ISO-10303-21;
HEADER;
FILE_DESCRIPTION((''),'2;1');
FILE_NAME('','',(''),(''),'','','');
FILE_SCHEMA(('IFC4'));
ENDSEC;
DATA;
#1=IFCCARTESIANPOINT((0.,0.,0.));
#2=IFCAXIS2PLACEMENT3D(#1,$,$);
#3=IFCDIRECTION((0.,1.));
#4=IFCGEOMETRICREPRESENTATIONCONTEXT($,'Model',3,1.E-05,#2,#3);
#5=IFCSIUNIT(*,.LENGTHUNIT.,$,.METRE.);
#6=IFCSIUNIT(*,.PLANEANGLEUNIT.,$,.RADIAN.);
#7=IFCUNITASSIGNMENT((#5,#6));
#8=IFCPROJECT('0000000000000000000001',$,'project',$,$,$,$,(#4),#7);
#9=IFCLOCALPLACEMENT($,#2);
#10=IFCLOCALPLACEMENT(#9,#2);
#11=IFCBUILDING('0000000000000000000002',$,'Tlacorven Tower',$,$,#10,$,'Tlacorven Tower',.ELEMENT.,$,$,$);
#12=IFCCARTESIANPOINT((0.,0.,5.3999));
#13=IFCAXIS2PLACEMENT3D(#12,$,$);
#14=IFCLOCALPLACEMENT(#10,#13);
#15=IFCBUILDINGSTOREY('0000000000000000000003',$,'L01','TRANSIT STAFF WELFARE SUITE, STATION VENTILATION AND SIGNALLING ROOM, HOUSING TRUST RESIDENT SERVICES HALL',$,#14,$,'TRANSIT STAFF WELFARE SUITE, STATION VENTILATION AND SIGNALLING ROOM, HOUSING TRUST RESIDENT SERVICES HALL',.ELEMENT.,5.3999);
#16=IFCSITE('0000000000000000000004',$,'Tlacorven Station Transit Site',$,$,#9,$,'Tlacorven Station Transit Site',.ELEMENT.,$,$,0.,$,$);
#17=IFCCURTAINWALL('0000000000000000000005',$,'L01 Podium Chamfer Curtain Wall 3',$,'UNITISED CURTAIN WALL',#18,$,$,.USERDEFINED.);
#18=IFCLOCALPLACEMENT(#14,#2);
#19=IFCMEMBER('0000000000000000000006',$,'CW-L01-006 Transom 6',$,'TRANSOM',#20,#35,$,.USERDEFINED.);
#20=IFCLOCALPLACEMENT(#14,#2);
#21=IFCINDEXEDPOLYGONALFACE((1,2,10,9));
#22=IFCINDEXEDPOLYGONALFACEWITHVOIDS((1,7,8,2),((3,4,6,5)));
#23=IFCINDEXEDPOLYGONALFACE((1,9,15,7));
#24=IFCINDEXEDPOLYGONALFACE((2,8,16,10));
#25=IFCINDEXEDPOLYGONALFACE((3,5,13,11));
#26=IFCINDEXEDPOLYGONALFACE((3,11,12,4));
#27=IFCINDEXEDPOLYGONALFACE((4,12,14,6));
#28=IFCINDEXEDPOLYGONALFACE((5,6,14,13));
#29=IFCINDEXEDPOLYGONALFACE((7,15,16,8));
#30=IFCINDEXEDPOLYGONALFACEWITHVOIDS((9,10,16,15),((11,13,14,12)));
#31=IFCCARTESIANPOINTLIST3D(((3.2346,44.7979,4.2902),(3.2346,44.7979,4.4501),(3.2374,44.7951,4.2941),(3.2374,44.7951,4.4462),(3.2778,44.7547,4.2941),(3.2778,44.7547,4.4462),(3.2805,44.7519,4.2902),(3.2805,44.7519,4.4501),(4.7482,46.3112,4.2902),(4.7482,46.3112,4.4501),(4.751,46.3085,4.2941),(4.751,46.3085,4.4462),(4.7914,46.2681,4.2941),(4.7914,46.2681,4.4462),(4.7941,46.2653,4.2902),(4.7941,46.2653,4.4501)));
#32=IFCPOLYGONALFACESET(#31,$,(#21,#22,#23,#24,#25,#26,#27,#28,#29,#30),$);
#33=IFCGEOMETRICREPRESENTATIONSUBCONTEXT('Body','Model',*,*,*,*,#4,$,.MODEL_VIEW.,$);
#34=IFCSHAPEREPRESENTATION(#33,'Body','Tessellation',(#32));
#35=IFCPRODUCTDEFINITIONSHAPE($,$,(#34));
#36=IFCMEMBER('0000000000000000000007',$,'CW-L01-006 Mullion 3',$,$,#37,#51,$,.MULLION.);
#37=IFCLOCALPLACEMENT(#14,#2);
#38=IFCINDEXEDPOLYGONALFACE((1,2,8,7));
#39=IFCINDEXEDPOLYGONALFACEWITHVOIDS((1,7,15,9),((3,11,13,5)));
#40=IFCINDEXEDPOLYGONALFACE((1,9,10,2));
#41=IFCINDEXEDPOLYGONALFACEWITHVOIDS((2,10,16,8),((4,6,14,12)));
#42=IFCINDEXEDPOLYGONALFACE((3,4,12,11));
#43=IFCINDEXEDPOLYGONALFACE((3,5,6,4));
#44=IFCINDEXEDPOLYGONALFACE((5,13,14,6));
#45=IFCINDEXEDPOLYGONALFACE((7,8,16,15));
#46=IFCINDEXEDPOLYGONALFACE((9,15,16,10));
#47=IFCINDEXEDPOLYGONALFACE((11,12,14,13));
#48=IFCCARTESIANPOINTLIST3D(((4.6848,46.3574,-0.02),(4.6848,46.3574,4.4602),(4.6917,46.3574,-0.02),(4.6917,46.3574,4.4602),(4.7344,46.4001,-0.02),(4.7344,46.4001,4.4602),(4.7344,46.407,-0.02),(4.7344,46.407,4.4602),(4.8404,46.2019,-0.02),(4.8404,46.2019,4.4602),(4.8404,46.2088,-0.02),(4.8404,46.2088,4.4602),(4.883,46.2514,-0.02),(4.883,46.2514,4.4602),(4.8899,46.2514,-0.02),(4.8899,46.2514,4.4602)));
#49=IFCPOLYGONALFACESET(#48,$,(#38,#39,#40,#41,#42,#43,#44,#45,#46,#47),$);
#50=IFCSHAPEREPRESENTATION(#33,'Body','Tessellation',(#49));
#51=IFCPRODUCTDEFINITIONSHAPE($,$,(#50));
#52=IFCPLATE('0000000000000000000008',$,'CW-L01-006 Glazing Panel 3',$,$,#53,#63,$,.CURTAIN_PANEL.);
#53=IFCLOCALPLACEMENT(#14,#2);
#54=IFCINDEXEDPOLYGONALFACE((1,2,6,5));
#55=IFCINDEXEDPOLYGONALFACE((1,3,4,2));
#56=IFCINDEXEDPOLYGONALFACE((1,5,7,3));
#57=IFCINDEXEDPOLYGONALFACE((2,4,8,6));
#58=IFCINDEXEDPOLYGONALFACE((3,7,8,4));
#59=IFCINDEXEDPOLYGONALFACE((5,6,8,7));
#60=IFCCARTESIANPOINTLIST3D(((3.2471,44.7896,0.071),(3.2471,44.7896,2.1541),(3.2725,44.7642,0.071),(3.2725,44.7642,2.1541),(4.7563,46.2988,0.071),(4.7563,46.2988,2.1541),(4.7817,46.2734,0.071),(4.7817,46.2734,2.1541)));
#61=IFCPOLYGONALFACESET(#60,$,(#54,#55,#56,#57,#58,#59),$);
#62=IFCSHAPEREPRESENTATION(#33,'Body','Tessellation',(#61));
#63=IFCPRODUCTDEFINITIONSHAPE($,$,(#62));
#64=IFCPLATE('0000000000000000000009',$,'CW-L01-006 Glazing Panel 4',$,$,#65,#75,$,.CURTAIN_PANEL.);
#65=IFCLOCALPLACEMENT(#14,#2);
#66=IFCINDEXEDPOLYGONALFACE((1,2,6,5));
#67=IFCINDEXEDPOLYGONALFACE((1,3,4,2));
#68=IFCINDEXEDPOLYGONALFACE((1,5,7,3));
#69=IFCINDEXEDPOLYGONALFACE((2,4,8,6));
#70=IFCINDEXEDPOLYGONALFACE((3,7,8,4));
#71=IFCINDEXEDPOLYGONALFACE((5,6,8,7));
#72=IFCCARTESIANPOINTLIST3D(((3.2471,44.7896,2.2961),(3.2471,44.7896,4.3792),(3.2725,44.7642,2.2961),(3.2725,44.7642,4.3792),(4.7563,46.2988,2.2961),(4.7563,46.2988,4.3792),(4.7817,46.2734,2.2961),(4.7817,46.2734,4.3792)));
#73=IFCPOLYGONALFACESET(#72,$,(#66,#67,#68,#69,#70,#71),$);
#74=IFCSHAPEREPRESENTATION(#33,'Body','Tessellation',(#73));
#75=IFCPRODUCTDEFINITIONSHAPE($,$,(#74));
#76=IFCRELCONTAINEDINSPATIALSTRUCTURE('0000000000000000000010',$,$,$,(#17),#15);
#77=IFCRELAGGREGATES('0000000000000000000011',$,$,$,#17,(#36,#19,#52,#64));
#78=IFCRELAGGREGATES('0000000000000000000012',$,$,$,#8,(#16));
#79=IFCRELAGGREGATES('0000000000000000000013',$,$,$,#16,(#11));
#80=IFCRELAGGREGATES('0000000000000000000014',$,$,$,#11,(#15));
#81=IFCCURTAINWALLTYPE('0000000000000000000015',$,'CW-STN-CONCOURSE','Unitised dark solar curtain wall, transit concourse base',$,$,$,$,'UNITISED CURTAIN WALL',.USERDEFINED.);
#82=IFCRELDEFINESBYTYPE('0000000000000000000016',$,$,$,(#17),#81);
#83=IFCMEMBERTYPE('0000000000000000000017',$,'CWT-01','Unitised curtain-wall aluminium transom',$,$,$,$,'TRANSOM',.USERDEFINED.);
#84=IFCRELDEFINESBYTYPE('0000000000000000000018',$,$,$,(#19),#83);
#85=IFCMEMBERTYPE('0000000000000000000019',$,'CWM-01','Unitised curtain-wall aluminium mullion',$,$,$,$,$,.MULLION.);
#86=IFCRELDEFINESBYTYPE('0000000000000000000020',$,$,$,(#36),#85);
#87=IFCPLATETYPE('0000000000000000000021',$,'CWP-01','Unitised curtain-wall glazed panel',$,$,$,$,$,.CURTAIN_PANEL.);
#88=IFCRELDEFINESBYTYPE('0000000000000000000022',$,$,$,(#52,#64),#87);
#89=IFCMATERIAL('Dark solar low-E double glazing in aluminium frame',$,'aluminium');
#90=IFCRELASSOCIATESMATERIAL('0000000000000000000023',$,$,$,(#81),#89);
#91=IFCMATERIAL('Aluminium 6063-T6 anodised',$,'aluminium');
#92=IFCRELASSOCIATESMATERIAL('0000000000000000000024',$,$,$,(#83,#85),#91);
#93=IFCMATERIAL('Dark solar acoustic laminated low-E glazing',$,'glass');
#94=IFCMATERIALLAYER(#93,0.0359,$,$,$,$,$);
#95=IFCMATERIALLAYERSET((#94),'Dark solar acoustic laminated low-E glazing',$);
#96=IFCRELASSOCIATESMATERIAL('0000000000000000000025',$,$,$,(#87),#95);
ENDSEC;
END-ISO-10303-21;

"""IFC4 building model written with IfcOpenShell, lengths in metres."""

from ifc_helpers import new_model, si_unit, direction, frame, origin, origin_2d, place, context, subcontext, project, spatial, rectangle, hollow_rectangle, extrude, source, transform, mapped, material, layer, layer_set, material_profile, profile_set, type_object, element, aggregate, save


model = new_model("IFC4")

# Units and contexts
model_context = context("Model", 3, precision=1e-05, world=origin(), true_north=direction((0.0, 1.0)))
body_context = subcontext(model_context, "Body", "Model", "MODEL_VIEW")
ifc_project = project(units=[si_unit("LENGTHUNIT", "METRE"), si_unit("PLANEANGLEUNIT", "RADIAN")], contexts=[model_context])

# Site, building, storey
site_placement = place(None, origin())
site = spatial("IfcSite", under=ifc_project, at=site_placement, Name="Tlacorven Station Transit Site", LongName="Tlacorven Station Transit Site", CompositionType="ELEMENT", RefElevation=0.0)
building_placement = place(site_placement, origin())
building = spatial("IfcBuilding", under=site, at=building_placement, Name="Tlacorven Tower", LongName="Tlacorven Tower", CompositionType="ELEMENT")
storey_placement = place(building_placement, frame((0.0, 0.0, 5.3999)))
storey = spatial("IfcBuildingStorey", under=building, at=storey_placement, Name="L01", Description="TRANSIT STAFF WELFARE SUITE, STATION VENTILATION AND SIGNALLING ROOM, HOUSING TRUST RESIDENT SERVICES HALL", LongName="TRANSIT STAFF WELFARE SUITE, STATION VENTILATION AND SIGNALLING ROOM, HOUSING TRUST RESIDENT SERVICES HALL", CompositionType="ELEMENT", Elevation=5.3999)

# Curtain wall, members, plates
ifc_material_1 = material(Name="Dark solar low-E double glazing in aluminium frame", Category="aluminium")
curtain_wall_type = type_object("IfcCurtainWallType", Name="CW-STN-CONCOURSE", Description="Unitised dark solar curtain wall, transit concourse base", ElementType="UNITISED CURTAIN WALL", PredefinedType="USERDEFINED", material=ifc_material_1)
curtain_wall_placement = place(storey_placement, origin())
curtain_wall = element("IfcCurtainWall", 1, at=curtain_wall_placement, inside=storey, type_object=curtain_wall_type, Name="L01 Podium Chamfer Curtain Wall 3", ObjectType="UNITISED CURTAIN WALL", PredefinedType="USERDEFINED")
ifc_material_2 = material(Name="Aluminium 6063-T6 anodised", Category="aluminium")
ifc_material_profile_1 = material_profile(ifc_material_2, hollow_rectangle(XDim=0.0649, YDim=0.1599, WallThickness=0.0039, at=origin_2d()), Name="ALU TRANSOM 65X160")
ifc_profile_set_1 = profile_set([ifc_material_profile_1], Name="Aluminium 6063-T6 anodised")
member_type_1 = type_object("IfcMemberType", Name="CWT-01", Description="Unitised curtain-wall aluminium transom", ElementType="TRANSOM", PredefinedType="USERDEFINED", material=ifc_profile_set_1)
shared_shape_1 = source(origin(), body_context, "Body", "SweptSolid", [
    extrude(hollow_rectangle(XDim=0.0649, YDim=0.1599, WallThickness=0.0039, at=origin_2d()), origin(), (0.0, 0.0, 1.0), 2.1404),
])
member_1_placement = place(storey_placement, frame((3.2576, 44.7749, 4.3701), z_axis=(0.707164, 0.70705, 0.0), x_axis=(-0.70705, 0.707164, 0.0)))
member_1 = element("IfcMember", 2, at=member_1_placement, type_object=member_type_1, Name="CW-L01-006 Transom 6", ObjectType="TRANSOM", PredefinedType="USERDEFINED", context=body_context, shape_type="MappedRepresentation", body=[
    mapped(shared_shape_1, transform((0.0, 0.0, 0.0), scale=1.0)),
])
ifc_material_profile_2 = material_profile(ifc_material_2, hollow_rectangle(XDim=0.0701, YDim=0.22, WallThickness=0.0049, at=origin_2d()), Name="ALU MULLION 70X220")
ifc_profile_set_2 = profile_set([ifc_material_profile_2], Name="Aluminium 6063-T6 anodised")
member_type_2 = type_object("IfcMemberType", Name="CWM-01", Description="Unitised curtain-wall aluminium mullion", PredefinedType="MULLION", material=ifc_profile_set_2)
shared_shape_2 = source(origin(), body_context, "Body", "SweptSolid", [
    extrude(hollow_rectangle(XDim=0.0701, YDim=0.22, WallThickness=0.0049, at=origin_2d()), origin(), (0.0, 0.0, 1.0), 4.4802),
])
member_2_placement = place(storey_placement, frame((4.7874, 46.3044, -0.02), z_axis=(0.0, 0.0, 1.0), x_axis=(0.707107, 0.707107, 0.0)))
member_2 = element("IfcMember", 3, at=member_2_placement, type_object=member_type_2, Name="CW-L01-006 Mullion 3", PredefinedType="MULLION", context=body_context, shape_type="MappedRepresentation", body=[
    mapped(shared_shape_2, transform((0.0, 0.0, 0.0), scale=1.0)),
])
ifc_material_3 = material(Name="Dark solar acoustic laminated low-E glazing", Category="glass")
ifc_layer = layer(ifc_material_3, 0.0359)
ifc_layer_set = layer_set([ifc_layer], Name="Dark solar acoustic laminated low-E glazing")
plate_type = type_object("IfcPlateType", Name="CWP-01", Description="Unitised curtain-wall glazed panel", PredefinedType="CURTAIN_PANEL", material=ifc_layer_set)
shared_shape_3 = source(origin(), body_context, "Body", "SweptSolid", [
    extrude(rectangle(XDim=2.1343, YDim=0.0359, at=origin_2d()), origin(), (0.0, 0.0, 1.0), 2.083),
])
plate_1_placement = place(storey_placement, frame((4.0144, 45.5315, 0.071), z_axis=(0.0, 0.0, 1.0), x_axis=(0.707107, 0.707107, 0.0)))
plate_1 = element("IfcPlate", 4, at=plate_1_placement, type_object=plate_type, Name="CW-L01-006 Glazing Panel 3", PredefinedType="CURTAIN_PANEL", context=body_context, shape_type="MappedRepresentation", body=[
    mapped(shared_shape_3, transform((0.0, 0.0, 0.0), scale=1.0)),
])
plate_2_placement = place(storey_placement, frame((4.0144, 45.5315, 2.2961), z_axis=(0.0, 0.0, 1.0), x_axis=(0.707107, 0.707107, 0.0)))
plate_2 = element("IfcPlate", 5, at=plate_2_placement, type_object=plate_type, Name="CW-L01-006 Glazing Panel 4", PredefinedType="CURTAIN_PANEL", context=body_context, shape_type="MappedRepresentation", body=[
    mapped(shared_shape_3, transform((0.0, 0.0, 0.0), scale=1.0)),
])
aggregate(curtain_wall, [member_2, member_1, plate_1, plate_2])

save(model, "model.ifc")
